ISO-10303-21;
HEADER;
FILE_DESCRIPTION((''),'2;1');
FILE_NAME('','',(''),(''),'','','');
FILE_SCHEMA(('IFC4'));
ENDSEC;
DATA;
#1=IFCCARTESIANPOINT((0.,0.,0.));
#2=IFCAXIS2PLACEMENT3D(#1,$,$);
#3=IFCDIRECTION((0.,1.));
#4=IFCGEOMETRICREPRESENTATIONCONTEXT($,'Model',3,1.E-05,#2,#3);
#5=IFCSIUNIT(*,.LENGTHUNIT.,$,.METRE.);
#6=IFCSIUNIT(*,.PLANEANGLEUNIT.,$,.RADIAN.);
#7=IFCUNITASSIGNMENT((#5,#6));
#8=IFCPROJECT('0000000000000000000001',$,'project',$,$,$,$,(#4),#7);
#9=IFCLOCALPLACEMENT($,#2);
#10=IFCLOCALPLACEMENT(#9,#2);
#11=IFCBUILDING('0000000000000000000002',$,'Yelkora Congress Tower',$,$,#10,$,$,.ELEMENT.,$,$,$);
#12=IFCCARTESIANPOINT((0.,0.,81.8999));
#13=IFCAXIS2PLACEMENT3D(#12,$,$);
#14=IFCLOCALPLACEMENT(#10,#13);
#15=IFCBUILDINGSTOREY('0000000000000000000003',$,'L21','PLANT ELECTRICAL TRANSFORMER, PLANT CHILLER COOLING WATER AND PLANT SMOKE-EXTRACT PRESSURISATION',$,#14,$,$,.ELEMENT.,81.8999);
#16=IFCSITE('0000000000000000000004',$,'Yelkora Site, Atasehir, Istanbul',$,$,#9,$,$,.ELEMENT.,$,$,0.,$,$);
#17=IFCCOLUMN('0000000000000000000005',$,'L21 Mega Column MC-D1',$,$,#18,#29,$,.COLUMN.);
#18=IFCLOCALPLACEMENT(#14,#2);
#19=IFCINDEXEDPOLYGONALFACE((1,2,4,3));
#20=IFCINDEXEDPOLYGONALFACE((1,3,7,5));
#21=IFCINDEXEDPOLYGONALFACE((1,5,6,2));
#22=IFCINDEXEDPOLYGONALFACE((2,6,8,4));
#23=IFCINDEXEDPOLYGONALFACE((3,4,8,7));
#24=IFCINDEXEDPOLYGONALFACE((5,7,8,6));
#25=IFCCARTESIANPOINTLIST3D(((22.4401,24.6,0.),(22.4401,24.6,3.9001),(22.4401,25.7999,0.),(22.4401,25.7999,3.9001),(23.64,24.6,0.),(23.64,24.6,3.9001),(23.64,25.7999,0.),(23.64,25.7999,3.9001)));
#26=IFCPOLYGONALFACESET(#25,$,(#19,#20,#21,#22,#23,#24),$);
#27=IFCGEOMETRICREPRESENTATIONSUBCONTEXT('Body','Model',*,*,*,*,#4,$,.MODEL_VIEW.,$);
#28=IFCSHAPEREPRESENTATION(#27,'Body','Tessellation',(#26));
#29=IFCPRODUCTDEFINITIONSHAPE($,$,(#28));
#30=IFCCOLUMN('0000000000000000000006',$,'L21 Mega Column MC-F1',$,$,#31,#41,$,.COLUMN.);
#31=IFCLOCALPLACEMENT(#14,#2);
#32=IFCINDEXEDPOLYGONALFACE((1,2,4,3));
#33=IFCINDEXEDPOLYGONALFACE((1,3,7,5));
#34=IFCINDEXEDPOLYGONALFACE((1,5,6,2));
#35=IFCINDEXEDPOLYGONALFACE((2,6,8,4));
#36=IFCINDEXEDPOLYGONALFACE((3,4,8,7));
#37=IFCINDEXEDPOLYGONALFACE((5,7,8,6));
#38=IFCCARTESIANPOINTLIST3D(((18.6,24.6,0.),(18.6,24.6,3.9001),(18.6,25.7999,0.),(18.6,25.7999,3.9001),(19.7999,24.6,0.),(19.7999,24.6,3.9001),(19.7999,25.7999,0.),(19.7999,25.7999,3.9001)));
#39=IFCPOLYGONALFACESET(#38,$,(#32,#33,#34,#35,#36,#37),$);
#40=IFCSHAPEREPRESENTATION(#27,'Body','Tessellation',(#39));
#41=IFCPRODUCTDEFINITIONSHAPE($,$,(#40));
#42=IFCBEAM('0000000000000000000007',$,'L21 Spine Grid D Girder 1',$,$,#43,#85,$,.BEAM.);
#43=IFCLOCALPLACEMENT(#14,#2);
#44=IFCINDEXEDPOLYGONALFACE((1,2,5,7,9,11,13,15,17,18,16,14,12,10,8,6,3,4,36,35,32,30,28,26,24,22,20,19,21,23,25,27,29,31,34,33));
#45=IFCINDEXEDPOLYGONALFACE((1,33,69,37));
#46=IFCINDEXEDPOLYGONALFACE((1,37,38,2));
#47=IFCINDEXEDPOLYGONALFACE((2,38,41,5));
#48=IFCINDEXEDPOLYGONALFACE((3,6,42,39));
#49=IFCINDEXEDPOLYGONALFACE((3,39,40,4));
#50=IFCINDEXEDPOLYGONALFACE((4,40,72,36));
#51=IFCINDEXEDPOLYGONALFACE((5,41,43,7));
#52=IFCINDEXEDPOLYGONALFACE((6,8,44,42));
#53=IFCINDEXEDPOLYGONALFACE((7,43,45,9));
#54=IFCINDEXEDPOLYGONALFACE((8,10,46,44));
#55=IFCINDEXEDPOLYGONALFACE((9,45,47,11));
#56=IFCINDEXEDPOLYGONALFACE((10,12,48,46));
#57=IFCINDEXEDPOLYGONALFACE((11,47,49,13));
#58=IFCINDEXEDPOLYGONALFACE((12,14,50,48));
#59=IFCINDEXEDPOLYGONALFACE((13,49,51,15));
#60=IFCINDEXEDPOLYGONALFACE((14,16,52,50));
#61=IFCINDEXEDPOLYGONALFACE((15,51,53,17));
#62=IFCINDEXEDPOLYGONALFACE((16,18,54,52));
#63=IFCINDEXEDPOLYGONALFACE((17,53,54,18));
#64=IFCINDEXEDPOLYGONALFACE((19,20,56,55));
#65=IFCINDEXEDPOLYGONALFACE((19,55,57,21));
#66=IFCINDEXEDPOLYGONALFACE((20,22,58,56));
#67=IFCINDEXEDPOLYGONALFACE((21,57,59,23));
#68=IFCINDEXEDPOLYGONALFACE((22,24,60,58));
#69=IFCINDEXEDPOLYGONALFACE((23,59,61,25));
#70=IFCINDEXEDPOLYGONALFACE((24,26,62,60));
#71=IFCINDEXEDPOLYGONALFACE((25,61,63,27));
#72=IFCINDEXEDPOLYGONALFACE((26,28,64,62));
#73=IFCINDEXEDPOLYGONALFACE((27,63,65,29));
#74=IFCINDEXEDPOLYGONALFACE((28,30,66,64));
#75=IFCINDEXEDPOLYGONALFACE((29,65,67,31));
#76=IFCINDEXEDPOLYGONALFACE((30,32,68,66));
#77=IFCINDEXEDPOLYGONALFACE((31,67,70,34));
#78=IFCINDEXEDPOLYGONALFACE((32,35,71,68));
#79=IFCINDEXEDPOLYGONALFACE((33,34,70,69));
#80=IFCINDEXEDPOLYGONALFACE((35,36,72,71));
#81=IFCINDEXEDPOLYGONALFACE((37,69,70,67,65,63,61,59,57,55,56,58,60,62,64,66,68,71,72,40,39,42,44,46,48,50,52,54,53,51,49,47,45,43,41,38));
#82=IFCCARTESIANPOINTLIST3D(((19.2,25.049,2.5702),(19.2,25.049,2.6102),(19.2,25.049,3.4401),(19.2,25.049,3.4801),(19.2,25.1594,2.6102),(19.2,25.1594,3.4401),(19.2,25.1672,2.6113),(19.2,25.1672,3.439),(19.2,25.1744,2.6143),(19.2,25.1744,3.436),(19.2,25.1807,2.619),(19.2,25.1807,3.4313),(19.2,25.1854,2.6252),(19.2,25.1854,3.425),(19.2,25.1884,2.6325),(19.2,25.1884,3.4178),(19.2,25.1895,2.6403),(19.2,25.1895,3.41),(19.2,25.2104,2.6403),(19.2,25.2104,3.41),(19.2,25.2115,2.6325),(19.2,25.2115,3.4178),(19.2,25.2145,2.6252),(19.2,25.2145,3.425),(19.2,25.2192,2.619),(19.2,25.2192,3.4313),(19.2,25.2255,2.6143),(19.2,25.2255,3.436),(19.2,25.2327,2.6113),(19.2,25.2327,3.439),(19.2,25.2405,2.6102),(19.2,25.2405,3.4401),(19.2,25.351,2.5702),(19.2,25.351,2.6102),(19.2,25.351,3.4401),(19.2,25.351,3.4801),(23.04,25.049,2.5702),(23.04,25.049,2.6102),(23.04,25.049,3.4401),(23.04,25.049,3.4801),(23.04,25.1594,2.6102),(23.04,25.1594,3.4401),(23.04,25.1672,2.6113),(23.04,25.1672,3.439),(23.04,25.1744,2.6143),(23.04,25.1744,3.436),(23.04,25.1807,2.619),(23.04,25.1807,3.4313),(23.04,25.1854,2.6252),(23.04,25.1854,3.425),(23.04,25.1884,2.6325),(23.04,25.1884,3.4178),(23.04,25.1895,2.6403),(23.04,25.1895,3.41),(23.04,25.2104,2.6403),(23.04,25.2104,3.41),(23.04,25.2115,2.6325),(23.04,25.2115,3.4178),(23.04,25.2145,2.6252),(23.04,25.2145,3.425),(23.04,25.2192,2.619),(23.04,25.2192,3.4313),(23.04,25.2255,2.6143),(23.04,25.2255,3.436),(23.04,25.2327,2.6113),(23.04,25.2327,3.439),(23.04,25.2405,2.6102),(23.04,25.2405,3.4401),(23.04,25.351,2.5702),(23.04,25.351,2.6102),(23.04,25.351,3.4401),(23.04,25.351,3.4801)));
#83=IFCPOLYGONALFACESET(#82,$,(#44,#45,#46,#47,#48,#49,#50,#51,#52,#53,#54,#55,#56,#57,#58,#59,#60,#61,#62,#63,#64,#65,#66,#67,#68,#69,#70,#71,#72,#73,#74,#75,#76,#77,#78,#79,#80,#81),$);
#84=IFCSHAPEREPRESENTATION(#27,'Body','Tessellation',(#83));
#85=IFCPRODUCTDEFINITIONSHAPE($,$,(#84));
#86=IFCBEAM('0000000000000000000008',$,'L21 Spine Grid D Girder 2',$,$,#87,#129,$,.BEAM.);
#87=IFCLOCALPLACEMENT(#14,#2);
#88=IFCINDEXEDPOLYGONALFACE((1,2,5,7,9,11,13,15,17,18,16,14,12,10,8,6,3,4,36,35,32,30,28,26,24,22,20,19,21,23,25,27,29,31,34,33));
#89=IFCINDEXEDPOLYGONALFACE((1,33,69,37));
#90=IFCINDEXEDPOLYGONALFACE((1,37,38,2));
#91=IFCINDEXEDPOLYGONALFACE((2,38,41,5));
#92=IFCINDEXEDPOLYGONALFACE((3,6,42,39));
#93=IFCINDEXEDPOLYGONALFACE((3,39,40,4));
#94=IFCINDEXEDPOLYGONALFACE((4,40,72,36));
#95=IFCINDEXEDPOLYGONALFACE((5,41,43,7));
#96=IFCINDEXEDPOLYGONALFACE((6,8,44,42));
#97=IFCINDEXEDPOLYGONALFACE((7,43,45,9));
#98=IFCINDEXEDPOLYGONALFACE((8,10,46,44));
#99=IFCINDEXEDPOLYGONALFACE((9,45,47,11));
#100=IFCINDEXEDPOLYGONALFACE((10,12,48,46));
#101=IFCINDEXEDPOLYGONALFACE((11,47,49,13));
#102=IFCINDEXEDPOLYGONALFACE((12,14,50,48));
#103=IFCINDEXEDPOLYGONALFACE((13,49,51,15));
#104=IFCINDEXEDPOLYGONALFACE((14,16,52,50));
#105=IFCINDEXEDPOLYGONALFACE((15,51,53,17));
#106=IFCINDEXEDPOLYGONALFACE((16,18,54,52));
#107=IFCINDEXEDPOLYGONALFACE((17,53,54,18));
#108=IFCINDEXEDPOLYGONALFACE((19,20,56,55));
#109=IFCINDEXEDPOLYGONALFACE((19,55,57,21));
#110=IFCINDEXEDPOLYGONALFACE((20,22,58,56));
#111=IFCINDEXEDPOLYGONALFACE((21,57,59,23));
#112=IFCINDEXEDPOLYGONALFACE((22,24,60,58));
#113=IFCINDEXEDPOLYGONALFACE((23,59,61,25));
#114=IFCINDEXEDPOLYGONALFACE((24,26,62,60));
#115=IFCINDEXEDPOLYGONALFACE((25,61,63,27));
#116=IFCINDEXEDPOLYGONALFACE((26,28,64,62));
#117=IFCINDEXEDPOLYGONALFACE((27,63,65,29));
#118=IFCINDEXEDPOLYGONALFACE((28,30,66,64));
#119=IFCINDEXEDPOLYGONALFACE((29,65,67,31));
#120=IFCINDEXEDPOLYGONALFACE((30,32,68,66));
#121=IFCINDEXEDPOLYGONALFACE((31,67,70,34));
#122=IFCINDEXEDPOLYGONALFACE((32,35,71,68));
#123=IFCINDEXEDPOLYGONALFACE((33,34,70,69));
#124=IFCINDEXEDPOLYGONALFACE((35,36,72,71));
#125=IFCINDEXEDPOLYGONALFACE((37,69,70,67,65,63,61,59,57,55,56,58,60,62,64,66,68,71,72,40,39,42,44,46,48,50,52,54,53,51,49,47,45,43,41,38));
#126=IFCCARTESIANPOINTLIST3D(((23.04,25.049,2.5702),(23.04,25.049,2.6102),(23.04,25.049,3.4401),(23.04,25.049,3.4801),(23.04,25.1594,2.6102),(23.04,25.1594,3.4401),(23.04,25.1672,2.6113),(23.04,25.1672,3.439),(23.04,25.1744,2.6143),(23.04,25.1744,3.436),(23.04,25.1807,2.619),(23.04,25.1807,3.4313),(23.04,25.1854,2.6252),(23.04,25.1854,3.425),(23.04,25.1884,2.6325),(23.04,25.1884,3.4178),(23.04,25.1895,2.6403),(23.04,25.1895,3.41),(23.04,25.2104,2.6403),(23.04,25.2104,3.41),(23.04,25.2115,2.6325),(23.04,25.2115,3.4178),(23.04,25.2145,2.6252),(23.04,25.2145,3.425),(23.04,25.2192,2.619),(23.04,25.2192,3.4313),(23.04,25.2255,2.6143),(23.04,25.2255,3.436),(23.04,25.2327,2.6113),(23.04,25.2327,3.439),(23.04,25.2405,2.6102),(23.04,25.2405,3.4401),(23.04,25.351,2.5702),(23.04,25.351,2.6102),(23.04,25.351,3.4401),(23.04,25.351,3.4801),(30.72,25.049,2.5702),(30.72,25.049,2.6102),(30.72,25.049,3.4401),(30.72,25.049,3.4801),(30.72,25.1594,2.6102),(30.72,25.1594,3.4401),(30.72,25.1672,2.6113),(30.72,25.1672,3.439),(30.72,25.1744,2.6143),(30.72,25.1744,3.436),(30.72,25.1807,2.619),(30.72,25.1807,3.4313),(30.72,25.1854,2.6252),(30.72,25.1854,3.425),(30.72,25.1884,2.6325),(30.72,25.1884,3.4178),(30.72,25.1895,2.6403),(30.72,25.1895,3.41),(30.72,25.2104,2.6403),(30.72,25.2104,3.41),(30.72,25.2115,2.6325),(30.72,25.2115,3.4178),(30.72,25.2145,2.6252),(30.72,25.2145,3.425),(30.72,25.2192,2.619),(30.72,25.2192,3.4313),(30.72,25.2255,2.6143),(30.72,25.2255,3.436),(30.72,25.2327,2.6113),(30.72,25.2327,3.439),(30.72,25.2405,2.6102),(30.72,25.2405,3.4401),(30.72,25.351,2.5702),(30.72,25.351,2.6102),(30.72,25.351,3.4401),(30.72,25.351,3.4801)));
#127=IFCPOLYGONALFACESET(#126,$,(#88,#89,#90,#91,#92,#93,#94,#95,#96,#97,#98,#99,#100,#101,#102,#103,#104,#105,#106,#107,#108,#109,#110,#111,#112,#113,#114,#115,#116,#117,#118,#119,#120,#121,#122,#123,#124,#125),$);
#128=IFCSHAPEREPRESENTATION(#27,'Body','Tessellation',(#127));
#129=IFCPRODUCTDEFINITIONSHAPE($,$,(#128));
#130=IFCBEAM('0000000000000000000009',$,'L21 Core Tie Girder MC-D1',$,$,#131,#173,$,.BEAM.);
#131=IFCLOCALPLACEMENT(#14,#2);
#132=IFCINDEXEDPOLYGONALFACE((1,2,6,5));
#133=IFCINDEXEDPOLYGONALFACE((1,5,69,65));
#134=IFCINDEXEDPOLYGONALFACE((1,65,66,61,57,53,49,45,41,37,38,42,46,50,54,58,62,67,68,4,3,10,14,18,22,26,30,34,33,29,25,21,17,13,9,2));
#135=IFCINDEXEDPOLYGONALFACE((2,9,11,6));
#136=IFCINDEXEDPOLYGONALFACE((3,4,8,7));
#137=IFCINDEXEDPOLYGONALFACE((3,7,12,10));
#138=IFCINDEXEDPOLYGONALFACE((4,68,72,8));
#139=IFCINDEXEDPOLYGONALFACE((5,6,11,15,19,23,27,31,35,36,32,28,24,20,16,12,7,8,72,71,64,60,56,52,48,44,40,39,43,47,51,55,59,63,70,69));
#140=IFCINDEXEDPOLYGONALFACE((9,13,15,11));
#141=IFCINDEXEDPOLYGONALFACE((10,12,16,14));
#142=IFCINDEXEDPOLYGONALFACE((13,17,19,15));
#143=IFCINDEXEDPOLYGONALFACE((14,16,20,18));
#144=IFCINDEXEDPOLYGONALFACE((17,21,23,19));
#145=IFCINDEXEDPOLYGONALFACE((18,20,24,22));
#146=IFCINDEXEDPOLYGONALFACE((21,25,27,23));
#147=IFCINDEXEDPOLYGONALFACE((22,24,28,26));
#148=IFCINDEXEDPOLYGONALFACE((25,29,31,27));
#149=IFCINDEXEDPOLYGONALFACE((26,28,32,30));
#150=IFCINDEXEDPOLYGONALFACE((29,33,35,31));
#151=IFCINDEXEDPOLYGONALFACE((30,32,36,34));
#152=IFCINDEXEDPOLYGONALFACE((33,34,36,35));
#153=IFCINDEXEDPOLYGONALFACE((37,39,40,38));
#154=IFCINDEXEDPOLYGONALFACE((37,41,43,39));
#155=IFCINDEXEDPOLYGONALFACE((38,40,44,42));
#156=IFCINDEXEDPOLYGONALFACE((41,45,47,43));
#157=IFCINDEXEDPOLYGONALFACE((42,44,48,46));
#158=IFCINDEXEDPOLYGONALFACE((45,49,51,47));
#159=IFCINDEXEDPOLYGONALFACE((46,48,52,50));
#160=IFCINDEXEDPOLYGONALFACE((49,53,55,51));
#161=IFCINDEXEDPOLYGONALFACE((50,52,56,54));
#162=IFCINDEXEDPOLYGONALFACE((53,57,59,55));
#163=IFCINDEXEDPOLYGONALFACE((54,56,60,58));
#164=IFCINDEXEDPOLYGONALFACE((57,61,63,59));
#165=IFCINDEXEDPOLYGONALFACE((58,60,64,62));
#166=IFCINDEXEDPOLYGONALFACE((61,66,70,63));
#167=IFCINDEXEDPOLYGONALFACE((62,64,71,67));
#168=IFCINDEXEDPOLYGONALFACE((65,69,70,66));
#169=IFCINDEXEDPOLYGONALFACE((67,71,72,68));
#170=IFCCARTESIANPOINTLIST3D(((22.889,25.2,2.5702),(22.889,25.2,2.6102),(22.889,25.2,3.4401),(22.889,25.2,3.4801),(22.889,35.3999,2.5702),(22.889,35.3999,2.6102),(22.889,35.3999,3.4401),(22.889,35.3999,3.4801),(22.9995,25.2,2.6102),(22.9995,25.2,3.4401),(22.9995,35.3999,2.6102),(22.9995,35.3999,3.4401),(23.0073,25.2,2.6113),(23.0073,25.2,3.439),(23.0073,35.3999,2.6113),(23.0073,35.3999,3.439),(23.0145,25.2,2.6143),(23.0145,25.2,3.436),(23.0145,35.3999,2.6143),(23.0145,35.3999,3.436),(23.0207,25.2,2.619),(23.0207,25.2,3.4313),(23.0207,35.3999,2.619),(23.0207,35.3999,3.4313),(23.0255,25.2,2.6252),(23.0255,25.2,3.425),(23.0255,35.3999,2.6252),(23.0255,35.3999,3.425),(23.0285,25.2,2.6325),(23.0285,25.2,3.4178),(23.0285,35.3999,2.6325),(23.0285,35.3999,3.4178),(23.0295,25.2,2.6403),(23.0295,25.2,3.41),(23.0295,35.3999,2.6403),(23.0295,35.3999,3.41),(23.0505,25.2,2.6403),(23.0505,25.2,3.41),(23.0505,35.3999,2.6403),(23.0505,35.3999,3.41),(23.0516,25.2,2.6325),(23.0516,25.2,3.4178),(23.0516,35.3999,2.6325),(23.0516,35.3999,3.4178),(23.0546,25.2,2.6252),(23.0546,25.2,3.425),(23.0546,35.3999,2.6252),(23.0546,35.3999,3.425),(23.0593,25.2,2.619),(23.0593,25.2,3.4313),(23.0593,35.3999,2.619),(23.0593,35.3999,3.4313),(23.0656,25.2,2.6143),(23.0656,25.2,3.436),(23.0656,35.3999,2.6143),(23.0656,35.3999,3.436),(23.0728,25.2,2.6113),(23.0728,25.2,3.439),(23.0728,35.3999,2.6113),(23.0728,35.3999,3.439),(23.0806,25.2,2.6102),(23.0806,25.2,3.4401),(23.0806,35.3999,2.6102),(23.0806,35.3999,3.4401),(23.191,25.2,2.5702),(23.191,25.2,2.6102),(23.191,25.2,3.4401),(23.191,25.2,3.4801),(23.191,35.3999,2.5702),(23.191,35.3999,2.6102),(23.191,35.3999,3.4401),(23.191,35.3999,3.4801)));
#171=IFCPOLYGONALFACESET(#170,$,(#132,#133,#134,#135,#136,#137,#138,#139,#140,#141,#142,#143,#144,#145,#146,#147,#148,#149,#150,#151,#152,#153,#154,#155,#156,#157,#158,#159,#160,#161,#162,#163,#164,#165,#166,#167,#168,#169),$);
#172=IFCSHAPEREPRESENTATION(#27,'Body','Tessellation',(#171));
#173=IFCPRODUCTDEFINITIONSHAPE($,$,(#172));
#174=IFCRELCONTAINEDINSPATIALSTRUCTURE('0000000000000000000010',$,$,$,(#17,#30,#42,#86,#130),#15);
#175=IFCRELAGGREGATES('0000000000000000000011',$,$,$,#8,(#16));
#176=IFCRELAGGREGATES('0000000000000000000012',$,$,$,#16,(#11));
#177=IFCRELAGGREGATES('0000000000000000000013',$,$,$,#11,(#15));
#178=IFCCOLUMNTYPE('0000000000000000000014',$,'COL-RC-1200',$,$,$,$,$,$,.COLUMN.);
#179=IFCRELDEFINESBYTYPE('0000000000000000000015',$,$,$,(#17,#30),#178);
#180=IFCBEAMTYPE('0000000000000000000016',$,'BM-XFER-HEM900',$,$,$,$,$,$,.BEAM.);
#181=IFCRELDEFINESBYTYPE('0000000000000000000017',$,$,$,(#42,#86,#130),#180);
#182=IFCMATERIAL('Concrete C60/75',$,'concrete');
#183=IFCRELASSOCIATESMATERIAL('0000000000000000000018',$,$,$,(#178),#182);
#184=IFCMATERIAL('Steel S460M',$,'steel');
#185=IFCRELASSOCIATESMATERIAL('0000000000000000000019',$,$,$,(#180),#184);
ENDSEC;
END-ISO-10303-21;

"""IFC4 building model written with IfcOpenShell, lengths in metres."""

from ifc_helpers import new_model, si_unit, direction, frame, origin, origin_2d, place, context, subcontext, project, spatial, rectangle, i_section, extrude, material, material_profile, profile_set, type_object, element, save


model = new_model("IFC4")

# Units and contexts
model_context = context("Model", 3, precision=1e-05, world=origin(), true_north=direction((0.0, 1.0)))
body_context = subcontext(model_context, "Body", "Model", "MODEL_VIEW")
ifc_project = project(units=[si_unit("LENGTHUNIT", "METRE"), si_unit("PLANEANGLEUNIT", "RADIAN")], contexts=[model_context])

# Site, building, storey
site_placement = place(None, origin())
site = spatial("IfcSite", under=ifc_project, at=site_placement, Name="Yelkora Site, Atasehir, Istanbul", CompositionType="ELEMENT", RefElevation=0.0)
building_placement = place(site_placement, origin())
building = spatial("IfcBuilding", under=site, at=building_placement, Name="Yelkora Congress Tower", CompositionType="ELEMENT")
storey_placement = place(building_placement, frame((0.0, 0.0, 81.8999)))
storey = spatial("IfcBuildingStorey", under=building, at=storey_placement, Name="L21", Description="PLANT ELECTRICAL TRANSFORMER, PLANT CHILLER COOLING WATER AND PLANT SMOKE-EXTRACT PRESSURISATION", CompositionType="ELEMENT", Elevation=81.8999)

# Columns
ifc_material_1 = material(Name="Concrete C60/75", Category="concrete")
ifc_material_profile_1 = material_profile(ifc_material_1, rectangle(XDim=1.2, YDim=1.2, at=origin_2d()), Name="RC 1200x1200")
ifc_profile_set_1 = profile_set([ifc_material_profile_1], Name="Concrete C60/75")
column_type = type_object("IfcColumnType", Name="COL-RC-1200", PredefinedType="COLUMN", material=ifc_profile_set_1)
for number, where, z_axis, x_axis, name in (
    (1, (23.04, 25.2, 0.0), (0.0, 0.0, 1.0), (1.0, 0.0, 0.0), "L21 Mega Column MC-D1"),
    (2, (19.2, 25.2, 0.0), (0.0, 0.0, 1.0), (1.0, 0.0, 0.0), "L21 Mega Column MC-F1"),
):
    element("IfcColumn", number, at=place(storey_placement, frame(where, z_axis=z_axis, x_axis=x_axis)), inside=storey, type_object=column_type, Name=name, PredefinedType="COLUMN", context=body_context, shape_type="SweptSolid", body=[
        extrude(rectangle(XDim=1.2, YDim=1.2, at=origin_2d()), origin(), (0.0, 0.0, 1.0), 3.9001),
    ])

# Beams
ifc_material_2 = material(Name="Steel S460M", Category="steel")
ifc_material_profile_2 = material_profile(ifc_material_2, i_section(OverallWidth=0.302, OverallDepth=0.9099, WebThickness=0.021, FlangeThickness=0.04, FilletRadius=0.03, at=origin_2d()), Name="HEM 900")
ifc_profile_set_2 = profile_set([ifc_material_profile_2], Name="Steel S460M")
beam_type = type_object("IfcBeamType", Name="BM-XFER-HEM900", PredefinedType="BEAM", material=ifc_profile_set_2)
beam_1_placement = place(storey_placement, frame((19.2, 25.2, 3.0251), z_axis=(1.0, 0.0, 0.0), x_axis=(0.0, 1.0, 0.0)))
element("IfcBeam", 3, at=beam_1_placement, inside=storey, type_object=beam_type, Name="L21 Spine Grid D Girder 1", PredefinedType="BEAM", context=body_context, shape_type="SweptSolid", body=[
    extrude(i_section(OverallWidth=0.302, OverallDepth=0.9099, WebThickness=0.021, FlangeThickness=0.04, FilletRadius=0.03, at=origin_2d()), origin(), (0.0, 0.0, 1.0), 3.8401),
])
beam_2_placement = place(storey_placement, frame((23.04, 25.2, 3.0251), z_axis=(1.0, 0.0, 0.0), x_axis=(0.0, 1.0, 0.0)))
element("IfcBeam", 4, at=beam_2_placement, inside=storey, type_object=beam_type, Name="L21 Spine Grid D Girder 2", PredefinedType="BEAM", context=body_context, shape_type="SweptSolid", body=[
    extrude(i_section(OverallWidth=0.302, OverallDepth=0.9099, WebThickness=0.021, FlangeThickness=0.04, FilletRadius=0.03, at=origin_2d()), origin(), (0.0, 0.0, 1.0), 7.6799),
])
beam_3_placement = place(storey_placement, frame((23.04, 25.2, 3.0251), z_axis=(0.0, 1.0, 0.0), x_axis=(-1.0, 0.0, 0.0)))
element("IfcBeam", 5, at=beam_3_placement, inside=storey, type_object=beam_type, Name="L21 Core Tie Girder MC-D1", PredefinedType="BEAM", context=body_context, shape_type="SweptSolid", body=[
    extrude(i_section(OverallWidth=0.302, OverallDepth=0.9099, WebThickness=0.021, FlangeThickness=0.04, FilletRadius=0.03, at=origin_2d()), origin(), (0.0, 0.0, 1.0), 10.2),
])

save(model, "model.ifc")
